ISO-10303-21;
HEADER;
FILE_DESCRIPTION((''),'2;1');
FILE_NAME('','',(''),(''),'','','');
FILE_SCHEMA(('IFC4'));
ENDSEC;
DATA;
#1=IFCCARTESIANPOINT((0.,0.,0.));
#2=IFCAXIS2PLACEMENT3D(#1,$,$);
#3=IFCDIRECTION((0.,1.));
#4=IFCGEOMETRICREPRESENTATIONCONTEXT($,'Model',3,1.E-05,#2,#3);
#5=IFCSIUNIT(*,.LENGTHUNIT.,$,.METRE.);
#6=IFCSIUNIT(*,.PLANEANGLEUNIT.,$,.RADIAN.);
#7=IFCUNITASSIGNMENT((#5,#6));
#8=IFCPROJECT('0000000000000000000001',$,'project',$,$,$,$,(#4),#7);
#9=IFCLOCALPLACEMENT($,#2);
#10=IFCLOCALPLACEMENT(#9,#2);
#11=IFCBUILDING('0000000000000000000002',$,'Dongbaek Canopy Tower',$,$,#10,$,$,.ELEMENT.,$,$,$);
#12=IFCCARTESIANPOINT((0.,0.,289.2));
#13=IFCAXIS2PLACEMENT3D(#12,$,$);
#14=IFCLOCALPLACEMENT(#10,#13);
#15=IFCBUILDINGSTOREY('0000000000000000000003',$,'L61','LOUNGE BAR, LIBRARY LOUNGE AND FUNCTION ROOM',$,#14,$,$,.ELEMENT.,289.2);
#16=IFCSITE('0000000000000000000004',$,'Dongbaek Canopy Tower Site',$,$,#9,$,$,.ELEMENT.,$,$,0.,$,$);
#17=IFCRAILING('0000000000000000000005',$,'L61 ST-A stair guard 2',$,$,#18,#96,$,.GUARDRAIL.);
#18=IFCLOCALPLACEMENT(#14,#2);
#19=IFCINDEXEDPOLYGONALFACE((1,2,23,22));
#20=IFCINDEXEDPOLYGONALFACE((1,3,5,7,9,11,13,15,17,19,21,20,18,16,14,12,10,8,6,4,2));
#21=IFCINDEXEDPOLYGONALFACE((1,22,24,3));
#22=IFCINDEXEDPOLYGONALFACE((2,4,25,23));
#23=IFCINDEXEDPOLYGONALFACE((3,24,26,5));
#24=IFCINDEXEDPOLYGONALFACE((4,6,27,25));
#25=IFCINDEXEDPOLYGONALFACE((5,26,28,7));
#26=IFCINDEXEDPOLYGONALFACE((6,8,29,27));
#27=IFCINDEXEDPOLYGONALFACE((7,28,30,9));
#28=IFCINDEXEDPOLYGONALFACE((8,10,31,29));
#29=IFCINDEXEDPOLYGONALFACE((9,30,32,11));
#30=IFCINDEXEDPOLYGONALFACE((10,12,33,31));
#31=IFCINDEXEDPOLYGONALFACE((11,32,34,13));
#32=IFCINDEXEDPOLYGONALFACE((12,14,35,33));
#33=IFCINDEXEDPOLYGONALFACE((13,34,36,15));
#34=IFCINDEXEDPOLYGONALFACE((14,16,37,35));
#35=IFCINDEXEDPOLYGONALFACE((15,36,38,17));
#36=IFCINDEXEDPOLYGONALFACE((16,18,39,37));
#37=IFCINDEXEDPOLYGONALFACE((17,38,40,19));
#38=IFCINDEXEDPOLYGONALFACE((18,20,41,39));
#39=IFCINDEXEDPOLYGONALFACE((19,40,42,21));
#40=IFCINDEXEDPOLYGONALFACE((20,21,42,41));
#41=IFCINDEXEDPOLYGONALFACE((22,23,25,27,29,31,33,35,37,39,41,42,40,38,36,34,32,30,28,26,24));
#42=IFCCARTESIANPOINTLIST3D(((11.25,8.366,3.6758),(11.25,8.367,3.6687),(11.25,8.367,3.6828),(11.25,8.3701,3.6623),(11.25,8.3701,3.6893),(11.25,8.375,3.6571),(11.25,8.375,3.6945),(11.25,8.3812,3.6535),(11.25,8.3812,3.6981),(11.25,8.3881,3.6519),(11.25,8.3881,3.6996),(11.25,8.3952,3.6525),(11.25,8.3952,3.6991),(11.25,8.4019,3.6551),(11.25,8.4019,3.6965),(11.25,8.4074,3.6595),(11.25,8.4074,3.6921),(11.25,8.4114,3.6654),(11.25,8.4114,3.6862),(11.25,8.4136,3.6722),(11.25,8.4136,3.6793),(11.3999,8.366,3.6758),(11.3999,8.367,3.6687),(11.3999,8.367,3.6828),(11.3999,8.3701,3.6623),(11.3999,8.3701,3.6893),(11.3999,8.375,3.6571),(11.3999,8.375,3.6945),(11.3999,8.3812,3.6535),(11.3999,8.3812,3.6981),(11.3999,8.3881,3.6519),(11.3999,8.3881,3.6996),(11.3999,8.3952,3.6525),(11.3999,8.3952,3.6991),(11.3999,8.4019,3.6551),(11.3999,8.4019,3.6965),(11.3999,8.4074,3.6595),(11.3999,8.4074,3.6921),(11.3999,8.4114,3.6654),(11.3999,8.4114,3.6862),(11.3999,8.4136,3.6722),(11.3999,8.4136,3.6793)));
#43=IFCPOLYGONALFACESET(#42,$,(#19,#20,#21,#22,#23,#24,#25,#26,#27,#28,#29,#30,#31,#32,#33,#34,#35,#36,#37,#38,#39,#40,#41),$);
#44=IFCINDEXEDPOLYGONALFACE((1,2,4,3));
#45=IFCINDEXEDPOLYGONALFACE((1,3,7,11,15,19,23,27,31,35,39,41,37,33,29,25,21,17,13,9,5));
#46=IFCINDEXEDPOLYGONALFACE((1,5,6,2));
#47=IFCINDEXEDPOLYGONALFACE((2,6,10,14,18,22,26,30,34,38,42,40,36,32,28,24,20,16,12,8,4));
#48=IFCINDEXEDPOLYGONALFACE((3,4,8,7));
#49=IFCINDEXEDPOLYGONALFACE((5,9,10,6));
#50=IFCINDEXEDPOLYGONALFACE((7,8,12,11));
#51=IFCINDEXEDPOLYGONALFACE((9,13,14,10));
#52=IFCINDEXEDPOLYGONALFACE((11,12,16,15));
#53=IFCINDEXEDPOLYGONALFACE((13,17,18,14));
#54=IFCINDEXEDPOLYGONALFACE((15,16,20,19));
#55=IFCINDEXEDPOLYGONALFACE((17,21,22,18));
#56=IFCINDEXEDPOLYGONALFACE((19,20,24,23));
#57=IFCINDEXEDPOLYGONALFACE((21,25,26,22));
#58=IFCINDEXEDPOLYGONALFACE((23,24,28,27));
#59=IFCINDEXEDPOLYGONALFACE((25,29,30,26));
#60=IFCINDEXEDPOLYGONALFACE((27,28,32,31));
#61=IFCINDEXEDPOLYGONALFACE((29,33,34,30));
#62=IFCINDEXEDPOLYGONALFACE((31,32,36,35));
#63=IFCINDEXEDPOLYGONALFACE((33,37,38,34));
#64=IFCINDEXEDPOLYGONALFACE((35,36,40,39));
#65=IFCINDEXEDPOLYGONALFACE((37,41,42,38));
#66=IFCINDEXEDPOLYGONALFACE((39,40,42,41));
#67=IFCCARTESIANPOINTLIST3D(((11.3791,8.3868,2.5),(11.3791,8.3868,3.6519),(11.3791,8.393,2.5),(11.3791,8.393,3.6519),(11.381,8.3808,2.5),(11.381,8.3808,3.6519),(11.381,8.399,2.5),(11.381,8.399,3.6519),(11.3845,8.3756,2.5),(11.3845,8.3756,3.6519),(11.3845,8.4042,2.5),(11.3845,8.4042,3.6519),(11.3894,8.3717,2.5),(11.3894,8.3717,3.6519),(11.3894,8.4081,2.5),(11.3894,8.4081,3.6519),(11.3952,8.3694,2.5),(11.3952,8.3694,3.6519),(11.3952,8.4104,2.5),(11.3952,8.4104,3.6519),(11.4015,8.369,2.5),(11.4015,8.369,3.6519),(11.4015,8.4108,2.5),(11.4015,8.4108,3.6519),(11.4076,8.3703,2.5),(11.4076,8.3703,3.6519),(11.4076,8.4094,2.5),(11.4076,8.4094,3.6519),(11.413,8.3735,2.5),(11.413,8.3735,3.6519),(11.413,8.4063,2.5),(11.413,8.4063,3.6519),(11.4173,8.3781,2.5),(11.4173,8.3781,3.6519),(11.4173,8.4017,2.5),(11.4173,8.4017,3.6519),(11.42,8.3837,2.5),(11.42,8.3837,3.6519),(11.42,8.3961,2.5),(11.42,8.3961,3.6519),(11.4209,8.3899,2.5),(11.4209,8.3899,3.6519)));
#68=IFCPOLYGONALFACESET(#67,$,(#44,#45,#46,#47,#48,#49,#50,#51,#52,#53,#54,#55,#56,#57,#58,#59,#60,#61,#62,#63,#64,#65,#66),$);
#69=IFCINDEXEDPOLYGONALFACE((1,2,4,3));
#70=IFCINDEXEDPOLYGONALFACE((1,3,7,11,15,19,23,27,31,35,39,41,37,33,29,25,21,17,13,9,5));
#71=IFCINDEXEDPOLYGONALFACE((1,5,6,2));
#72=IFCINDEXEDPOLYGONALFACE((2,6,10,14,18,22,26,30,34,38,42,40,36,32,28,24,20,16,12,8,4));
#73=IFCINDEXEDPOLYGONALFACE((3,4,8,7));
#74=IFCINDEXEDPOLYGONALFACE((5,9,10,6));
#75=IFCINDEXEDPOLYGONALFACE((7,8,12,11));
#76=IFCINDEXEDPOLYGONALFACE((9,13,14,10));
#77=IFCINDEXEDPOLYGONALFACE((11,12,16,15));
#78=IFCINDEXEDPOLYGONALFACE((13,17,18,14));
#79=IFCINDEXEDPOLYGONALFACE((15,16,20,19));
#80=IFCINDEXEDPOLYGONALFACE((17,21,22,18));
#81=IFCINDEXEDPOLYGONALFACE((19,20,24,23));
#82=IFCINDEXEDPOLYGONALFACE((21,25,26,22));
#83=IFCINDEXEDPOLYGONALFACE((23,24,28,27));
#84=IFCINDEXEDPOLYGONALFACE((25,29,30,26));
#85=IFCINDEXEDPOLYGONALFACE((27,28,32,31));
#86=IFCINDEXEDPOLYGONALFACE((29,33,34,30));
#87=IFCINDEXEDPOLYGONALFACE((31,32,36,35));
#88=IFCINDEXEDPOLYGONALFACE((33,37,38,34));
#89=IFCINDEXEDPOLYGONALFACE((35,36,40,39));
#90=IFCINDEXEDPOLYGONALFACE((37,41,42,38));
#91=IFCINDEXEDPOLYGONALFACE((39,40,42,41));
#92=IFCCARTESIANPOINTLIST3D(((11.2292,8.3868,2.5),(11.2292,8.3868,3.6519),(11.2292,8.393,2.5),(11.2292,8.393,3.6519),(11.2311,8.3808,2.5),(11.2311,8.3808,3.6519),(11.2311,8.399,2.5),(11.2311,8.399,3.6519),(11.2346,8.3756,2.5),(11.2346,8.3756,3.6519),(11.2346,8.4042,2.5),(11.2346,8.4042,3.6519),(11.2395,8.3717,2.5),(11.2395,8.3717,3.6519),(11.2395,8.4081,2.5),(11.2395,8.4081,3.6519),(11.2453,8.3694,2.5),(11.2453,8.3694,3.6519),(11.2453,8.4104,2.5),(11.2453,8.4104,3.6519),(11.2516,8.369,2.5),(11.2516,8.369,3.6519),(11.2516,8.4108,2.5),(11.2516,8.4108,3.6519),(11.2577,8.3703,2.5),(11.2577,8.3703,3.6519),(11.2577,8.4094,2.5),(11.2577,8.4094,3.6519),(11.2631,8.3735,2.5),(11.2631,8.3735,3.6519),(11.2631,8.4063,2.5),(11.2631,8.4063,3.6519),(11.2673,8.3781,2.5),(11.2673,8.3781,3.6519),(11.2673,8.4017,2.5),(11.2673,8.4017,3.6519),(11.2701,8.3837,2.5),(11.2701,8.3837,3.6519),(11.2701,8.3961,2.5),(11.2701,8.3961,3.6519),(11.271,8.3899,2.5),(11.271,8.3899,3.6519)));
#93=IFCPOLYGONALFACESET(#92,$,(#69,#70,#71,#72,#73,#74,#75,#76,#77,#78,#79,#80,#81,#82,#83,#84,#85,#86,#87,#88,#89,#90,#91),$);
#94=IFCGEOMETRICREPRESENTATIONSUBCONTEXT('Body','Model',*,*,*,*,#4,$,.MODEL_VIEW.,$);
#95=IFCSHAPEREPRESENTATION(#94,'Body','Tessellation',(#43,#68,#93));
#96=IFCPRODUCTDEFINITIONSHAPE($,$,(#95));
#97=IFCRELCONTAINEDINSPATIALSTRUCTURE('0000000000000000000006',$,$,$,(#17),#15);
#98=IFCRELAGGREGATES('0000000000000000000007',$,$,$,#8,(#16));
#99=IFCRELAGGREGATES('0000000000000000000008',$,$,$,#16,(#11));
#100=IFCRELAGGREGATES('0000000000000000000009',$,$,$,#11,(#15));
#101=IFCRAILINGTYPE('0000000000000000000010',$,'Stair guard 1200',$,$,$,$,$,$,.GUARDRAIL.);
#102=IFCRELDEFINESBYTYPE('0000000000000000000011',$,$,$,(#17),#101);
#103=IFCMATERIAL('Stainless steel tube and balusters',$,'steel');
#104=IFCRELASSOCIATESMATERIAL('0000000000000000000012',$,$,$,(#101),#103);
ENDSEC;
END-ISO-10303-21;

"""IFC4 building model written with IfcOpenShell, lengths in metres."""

from ifc_helpers import new_model, si_unit, direction, frame, origin, origin_2d, place, context, subcontext, project, spatial, circle, extrude, material, type_object, element, save


model = new_model("IFC4")

# Units and contexts
model_context = context("Model", 3, precision=1e-05, world=origin(), true_north=direction((0.0, 1.0)))
body_context = subcontext(model_context, "Body", "Model", "MODEL_VIEW")
ifc_project = project(units=[si_unit("LENGTHUNIT", "METRE"), si_unit("PLANEANGLEUNIT", "RADIAN")], contexts=[model_context])

# Site, building, storey
site_placement = place(None, origin())
site = spatial("IfcSite", under=ifc_project, at=site_placement, Name="Dongbaek Canopy Tower Site", CompositionType="ELEMENT", RefElevation=0.0)
building_placement = place(site_placement, origin())
building = spatial("IfcBuilding", under=site, at=building_placement, Name="Dongbaek Canopy Tower", CompositionType="ELEMENT")
storey_placement = place(building_placement, frame((0.0, 0.0, 289.2)))
storey = spatial("IfcBuildingStorey", under=building, at=storey_placement, Name="L61", Description="LOUNGE BAR, LIBRARY LOUNGE AND FUNCTION ROOM", CompositionType="ELEMENT", Elevation=289.2)

# Railing
ifc_material_1 = material(Name="Stainless steel tube and balusters", Category="steel")
railing_type_1 = type_object("IfcRailingType", Name="Stair guard 1200", PredefinedType="GUARDRAIL", material=ifc_material_1)
railing_1_placement = place(storey_placement, frame((11.3999, 8.3899, 2.5)))
element("IfcRailing", 1, at=railing_1_placement, inside=storey, type_object=railing_type_1, Name="L61 ST-A stair guard 2", PredefinedType="GUARDRAIL", context=body_context, shape_type="SweptSolid", body=[
    extrude(circle(Radius=0.0239, at=origin_2d()), frame((0.0, 0.0, 1.1758), z_axis=(-1.0, 0.0, 0.0), x_axis=(0.0, -1.0, 0.0)), (0.0, 0.0, 1.0), 0.1499),
    extrude(circle(Radius=0.021, at=origin_2d()), origin(), (0.0, 0.0, 1.0), 1.1519),
    extrude(circle(Radius=0.021, at=origin_2d()), frame((-0.1499, 0.0, 0.0)), (0.0, 0.0, 1.0), 1.1519),
])

save(model, "model.ifc")
